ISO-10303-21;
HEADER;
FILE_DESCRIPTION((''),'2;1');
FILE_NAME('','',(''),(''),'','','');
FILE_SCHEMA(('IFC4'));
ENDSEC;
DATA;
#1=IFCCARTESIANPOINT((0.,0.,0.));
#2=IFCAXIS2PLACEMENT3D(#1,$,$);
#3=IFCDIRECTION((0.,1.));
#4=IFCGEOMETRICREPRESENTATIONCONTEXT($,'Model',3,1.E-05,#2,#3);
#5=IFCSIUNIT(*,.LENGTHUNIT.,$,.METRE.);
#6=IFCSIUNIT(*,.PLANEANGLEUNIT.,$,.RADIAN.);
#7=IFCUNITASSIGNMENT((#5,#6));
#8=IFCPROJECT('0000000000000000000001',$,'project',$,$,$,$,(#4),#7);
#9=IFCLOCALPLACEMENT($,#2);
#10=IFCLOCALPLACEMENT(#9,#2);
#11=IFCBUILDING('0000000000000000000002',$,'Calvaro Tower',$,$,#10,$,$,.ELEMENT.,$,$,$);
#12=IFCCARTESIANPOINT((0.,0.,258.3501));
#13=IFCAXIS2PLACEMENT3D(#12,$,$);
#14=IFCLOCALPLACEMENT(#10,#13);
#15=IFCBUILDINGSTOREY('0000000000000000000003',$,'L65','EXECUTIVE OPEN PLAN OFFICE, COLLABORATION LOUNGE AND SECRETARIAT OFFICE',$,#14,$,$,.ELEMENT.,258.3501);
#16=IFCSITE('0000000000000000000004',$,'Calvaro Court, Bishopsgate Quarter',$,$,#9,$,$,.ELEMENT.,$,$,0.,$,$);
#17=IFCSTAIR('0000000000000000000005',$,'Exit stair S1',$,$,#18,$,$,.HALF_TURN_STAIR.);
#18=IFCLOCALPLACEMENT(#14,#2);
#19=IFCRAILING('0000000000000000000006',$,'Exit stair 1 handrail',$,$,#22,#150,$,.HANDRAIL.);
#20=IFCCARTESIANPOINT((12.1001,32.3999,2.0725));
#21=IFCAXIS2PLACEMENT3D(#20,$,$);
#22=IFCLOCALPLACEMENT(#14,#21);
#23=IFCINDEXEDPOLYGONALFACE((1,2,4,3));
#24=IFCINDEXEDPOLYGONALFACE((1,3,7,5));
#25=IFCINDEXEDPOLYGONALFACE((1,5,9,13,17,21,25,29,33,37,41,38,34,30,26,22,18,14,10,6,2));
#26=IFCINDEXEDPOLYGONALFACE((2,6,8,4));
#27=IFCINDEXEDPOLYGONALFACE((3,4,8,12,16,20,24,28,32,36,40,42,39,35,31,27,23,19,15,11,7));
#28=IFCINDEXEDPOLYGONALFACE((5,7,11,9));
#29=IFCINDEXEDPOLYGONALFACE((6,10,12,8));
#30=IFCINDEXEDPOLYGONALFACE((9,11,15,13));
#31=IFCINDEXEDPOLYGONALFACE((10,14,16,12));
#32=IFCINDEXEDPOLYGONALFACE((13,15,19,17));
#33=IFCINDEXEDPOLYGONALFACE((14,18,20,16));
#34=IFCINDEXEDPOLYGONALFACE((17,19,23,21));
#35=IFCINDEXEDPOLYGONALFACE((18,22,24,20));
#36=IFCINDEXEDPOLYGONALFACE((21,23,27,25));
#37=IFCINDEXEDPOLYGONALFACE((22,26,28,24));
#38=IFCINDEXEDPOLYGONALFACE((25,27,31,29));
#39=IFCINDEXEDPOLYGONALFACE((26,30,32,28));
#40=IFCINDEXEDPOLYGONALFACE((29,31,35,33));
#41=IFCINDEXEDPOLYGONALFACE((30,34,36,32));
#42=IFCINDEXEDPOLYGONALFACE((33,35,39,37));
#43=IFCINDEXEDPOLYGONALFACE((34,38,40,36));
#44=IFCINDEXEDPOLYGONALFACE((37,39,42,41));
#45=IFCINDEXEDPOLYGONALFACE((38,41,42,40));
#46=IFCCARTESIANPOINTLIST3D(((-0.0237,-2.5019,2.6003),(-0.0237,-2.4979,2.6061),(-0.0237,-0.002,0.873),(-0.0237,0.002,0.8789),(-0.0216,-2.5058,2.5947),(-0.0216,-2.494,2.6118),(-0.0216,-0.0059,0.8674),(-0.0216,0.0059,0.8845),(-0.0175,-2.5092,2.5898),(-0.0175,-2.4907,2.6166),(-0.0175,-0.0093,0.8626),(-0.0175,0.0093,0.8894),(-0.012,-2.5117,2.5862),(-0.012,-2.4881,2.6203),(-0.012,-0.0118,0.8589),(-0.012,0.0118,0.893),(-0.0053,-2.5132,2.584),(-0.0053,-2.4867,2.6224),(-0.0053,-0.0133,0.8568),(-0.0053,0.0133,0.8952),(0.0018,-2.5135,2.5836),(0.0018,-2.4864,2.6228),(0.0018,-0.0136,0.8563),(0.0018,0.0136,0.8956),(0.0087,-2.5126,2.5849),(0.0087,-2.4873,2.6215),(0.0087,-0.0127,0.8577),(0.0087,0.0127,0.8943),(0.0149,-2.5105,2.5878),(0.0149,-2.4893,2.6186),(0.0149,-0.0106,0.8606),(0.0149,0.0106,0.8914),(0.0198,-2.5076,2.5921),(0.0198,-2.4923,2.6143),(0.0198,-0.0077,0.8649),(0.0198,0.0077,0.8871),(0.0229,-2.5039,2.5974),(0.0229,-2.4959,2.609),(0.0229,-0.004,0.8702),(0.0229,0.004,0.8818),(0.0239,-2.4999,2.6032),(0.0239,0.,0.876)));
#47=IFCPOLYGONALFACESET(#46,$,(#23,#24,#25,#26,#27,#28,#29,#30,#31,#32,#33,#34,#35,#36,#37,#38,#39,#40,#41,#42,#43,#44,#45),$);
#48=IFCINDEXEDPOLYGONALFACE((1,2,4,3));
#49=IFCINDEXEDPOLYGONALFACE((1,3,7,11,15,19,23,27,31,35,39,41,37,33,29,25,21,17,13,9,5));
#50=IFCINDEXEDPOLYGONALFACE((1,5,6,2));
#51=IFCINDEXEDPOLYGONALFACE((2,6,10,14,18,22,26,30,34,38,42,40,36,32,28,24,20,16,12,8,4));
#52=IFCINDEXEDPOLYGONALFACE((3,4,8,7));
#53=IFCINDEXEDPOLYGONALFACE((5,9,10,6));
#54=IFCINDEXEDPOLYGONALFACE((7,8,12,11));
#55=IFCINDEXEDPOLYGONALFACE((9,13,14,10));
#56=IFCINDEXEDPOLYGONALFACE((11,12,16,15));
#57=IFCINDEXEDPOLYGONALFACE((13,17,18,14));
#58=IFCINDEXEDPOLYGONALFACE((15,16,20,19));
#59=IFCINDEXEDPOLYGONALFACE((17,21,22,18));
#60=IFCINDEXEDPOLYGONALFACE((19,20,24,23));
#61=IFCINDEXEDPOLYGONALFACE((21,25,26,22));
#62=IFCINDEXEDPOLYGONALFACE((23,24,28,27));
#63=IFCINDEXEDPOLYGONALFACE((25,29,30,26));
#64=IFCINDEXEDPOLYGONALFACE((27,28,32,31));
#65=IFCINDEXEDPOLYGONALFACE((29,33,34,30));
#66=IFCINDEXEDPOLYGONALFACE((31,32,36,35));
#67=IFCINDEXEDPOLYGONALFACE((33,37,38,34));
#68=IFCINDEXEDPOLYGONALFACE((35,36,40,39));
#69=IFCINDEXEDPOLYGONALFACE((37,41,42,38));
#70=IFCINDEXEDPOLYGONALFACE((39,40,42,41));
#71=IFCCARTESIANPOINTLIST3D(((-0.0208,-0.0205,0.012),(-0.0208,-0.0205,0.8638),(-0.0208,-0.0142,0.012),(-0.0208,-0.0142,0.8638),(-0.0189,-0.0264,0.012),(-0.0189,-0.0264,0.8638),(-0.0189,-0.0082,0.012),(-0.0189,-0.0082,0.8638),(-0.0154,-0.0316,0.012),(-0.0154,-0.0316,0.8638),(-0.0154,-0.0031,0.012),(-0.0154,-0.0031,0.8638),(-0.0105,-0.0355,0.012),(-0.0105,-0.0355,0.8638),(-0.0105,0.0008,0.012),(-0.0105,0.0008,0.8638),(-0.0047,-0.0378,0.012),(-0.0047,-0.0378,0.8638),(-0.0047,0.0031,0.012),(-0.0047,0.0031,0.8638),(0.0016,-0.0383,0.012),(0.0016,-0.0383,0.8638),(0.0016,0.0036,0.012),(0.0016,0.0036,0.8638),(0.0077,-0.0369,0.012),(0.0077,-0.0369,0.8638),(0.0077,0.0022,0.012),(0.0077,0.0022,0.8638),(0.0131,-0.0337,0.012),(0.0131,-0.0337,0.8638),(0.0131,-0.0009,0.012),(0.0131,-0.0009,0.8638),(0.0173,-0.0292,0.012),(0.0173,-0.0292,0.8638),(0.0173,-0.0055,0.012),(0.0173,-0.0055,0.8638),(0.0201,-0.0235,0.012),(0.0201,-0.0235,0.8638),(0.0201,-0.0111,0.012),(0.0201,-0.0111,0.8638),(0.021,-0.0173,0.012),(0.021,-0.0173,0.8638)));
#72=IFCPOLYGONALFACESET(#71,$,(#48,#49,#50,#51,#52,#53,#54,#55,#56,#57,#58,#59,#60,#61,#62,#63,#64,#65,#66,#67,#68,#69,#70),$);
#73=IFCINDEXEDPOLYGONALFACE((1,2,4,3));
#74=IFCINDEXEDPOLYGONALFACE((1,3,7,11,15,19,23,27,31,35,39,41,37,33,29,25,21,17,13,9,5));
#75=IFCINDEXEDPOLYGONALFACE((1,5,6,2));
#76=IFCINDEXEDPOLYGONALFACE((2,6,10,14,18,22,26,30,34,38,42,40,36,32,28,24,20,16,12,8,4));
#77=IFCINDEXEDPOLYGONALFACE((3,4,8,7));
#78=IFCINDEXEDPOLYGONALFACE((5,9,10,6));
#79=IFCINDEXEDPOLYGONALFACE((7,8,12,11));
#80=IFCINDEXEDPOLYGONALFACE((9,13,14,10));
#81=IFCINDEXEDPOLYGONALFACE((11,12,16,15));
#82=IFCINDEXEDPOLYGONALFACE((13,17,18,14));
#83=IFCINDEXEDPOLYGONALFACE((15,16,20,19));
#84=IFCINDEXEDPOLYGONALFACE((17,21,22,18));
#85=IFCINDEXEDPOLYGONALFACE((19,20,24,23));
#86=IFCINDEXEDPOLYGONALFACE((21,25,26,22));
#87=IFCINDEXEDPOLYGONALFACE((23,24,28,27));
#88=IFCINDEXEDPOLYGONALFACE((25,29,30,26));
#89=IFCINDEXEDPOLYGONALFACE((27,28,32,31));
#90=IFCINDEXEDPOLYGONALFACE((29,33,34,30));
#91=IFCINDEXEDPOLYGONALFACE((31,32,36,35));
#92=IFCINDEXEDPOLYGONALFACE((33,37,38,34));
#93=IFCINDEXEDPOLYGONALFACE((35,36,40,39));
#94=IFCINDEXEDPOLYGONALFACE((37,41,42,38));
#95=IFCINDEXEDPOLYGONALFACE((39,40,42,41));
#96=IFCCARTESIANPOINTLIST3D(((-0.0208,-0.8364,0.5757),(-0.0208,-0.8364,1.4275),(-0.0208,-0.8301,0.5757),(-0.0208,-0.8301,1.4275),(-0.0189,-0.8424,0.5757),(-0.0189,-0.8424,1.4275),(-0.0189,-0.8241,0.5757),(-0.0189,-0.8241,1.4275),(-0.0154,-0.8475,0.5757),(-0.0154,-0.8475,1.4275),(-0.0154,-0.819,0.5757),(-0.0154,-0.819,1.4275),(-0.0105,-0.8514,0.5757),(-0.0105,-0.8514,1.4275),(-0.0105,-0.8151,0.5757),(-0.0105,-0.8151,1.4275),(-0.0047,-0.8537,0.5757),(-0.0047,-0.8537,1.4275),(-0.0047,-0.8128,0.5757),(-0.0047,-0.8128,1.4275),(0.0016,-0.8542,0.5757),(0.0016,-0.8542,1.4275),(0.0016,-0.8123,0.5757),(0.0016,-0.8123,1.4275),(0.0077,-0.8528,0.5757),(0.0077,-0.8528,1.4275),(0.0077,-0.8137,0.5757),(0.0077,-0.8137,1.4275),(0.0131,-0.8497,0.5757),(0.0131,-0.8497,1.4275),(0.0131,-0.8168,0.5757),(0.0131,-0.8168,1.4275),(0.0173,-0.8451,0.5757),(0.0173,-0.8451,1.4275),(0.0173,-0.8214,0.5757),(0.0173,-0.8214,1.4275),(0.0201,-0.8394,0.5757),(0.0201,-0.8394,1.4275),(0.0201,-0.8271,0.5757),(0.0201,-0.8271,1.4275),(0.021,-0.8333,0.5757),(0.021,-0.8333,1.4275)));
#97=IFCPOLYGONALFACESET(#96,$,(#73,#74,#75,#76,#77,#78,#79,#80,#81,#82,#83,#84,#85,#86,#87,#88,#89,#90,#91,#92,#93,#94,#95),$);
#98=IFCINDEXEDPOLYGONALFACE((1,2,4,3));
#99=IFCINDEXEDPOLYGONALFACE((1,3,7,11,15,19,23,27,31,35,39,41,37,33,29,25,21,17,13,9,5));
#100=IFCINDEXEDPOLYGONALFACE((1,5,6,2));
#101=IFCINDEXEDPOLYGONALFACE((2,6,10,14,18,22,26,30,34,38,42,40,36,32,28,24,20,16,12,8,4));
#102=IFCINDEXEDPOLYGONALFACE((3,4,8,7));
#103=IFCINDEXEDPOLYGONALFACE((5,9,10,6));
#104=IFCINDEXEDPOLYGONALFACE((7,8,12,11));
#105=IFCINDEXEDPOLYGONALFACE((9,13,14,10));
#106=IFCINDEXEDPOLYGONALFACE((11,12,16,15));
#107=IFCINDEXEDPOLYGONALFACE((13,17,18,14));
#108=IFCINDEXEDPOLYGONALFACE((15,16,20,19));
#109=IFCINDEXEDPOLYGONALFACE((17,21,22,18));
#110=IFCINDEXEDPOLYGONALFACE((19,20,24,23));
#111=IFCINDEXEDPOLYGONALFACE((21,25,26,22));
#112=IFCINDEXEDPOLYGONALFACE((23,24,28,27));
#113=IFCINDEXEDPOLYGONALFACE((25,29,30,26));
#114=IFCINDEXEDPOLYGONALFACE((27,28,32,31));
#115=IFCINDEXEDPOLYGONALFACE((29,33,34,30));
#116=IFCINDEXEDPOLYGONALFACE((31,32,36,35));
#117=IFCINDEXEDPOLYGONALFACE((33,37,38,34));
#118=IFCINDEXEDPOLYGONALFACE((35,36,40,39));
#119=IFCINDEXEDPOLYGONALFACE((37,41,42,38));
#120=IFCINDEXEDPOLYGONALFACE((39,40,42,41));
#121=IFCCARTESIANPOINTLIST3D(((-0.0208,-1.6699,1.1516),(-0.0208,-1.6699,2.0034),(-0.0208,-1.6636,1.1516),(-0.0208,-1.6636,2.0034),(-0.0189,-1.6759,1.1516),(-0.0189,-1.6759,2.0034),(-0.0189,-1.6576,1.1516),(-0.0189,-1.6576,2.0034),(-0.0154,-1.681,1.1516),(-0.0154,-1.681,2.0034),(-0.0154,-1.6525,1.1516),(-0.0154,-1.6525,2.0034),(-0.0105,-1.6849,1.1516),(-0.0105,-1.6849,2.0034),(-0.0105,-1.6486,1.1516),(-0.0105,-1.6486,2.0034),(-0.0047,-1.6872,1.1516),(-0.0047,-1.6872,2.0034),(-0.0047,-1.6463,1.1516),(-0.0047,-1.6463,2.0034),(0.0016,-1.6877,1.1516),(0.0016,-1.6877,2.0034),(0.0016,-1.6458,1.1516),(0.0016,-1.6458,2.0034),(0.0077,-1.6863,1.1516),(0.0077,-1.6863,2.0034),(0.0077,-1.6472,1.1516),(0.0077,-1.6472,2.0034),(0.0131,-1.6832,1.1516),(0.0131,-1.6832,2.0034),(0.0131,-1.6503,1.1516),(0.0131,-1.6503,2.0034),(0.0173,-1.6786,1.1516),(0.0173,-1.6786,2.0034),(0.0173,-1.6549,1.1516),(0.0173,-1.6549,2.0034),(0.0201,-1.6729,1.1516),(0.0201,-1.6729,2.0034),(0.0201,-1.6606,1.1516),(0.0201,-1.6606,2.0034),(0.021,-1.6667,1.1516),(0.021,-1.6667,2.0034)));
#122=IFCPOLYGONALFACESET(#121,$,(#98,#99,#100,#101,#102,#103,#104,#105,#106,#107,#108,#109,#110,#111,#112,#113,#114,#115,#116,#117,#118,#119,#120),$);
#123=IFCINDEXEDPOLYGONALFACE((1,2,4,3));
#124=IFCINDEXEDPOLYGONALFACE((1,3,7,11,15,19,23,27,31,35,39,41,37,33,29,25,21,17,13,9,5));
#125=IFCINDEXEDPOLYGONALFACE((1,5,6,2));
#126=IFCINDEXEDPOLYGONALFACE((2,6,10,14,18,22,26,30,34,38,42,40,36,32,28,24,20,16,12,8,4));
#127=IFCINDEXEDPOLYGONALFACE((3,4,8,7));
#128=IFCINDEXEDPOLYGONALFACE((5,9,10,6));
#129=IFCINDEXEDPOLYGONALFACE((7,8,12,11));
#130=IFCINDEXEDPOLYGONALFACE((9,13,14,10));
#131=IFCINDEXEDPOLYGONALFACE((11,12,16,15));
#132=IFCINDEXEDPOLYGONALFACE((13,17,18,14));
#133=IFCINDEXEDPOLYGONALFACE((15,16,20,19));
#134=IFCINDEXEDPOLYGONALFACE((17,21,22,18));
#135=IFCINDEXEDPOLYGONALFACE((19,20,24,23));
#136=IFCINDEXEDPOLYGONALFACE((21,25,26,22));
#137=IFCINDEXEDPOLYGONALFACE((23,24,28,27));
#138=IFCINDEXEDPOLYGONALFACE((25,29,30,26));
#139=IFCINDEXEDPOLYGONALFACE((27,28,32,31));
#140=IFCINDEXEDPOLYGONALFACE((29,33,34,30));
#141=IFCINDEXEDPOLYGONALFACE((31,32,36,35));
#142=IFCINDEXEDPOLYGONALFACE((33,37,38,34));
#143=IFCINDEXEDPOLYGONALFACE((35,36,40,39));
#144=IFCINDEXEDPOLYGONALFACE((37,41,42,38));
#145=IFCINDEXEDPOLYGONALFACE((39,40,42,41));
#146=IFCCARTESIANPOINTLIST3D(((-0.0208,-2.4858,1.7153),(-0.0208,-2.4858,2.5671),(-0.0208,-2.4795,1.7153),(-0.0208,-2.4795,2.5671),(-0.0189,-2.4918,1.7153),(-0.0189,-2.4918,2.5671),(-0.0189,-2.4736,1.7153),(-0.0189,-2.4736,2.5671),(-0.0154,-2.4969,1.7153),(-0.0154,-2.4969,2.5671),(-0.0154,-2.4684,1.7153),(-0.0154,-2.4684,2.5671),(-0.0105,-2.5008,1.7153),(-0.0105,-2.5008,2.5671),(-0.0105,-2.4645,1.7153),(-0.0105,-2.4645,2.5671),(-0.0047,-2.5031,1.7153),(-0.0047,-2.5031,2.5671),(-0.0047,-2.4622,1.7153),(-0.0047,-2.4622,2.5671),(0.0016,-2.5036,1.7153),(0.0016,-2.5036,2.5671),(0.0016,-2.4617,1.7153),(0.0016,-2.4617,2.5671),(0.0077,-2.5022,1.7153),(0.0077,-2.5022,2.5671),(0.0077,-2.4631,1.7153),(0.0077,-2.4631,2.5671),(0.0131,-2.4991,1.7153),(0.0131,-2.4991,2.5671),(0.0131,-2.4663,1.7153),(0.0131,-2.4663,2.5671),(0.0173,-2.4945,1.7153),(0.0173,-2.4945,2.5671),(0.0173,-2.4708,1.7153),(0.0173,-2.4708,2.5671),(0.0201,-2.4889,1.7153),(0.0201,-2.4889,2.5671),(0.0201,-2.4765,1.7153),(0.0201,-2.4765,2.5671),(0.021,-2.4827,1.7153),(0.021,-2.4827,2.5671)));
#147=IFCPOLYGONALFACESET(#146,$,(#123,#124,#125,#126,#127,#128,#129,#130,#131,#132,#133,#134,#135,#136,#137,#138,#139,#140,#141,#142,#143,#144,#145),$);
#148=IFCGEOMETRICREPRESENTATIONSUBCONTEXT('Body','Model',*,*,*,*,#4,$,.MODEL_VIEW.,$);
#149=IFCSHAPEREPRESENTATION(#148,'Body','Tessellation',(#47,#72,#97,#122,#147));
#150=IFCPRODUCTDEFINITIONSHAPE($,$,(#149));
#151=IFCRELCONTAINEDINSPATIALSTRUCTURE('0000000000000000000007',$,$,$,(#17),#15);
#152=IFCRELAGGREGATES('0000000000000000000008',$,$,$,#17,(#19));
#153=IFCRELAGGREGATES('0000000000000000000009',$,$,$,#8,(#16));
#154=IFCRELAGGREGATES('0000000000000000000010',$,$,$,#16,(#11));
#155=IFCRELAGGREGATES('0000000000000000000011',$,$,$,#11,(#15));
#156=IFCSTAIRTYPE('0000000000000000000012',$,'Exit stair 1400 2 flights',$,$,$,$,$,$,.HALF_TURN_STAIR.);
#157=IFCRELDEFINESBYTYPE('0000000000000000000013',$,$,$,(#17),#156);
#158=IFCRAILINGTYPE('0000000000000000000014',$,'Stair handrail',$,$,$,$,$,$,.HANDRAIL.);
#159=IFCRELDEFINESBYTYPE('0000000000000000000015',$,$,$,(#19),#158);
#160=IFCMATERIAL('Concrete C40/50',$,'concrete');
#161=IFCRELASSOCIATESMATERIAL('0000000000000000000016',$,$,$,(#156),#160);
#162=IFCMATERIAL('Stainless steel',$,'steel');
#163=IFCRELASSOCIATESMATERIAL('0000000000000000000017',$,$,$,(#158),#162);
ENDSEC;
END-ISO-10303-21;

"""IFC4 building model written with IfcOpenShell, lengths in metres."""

from ifc_helpers import new_model, si_unit, direction, frame, origin, origin_2d, place, context, subcontext, project, spatial, circle, extrude, material, type_object, element, aggregate, save


model = new_model("IFC4")

# Units and contexts
model_context = context("Model", 3, precision=1e-05, world=origin(), true_north=direction((0.0, 1.0)))
body_context = subcontext(model_context, "Body", "Model", "MODEL_VIEW")
ifc_project = project(units=[si_unit("LENGTHUNIT", "METRE"), si_unit("PLANEANGLEUNIT", "RADIAN")], contexts=[model_context])

# Site, building, storey
site_placement = place(None, origin())
site = spatial("IfcSite", under=ifc_project, at=site_placement, Name="Calvaro Court, Bishopsgate Quarter", CompositionType="ELEMENT", RefElevation=0.0)
building_placement = place(site_placement, origin())
building = spatial("IfcBuilding", under=site, at=building_placement, Name="Calvaro Tower", CompositionType="ELEMENT")
storey_placement = place(building_placement, frame((0.0, 0.0, 258.3501)))
storey = spatial("IfcBuildingStorey", under=building, at=storey_placement, Name="L65", Description="EXECUTIVE OPEN PLAN OFFICE, COLLABORATION LOUNGE AND SECRETARIAT OFFICE", CompositionType="ELEMENT", Elevation=258.3501)

# Stair, railing
ifc_material_1 = material(Name="Concrete C40/50", Category="concrete")
stair_type = type_object("IfcStairType", Name="Exit stair 1400 2 flights", PredefinedType="HALF_TURN_STAIR", material=ifc_material_1)
stair_placement = place(storey_placement, origin())
stair = element("IfcStair", 1, at=stair_placement, inside=storey, type_object=stair_type, Name="Exit stair S1", PredefinedType="HALF_TURN_STAIR")
ifc_material_2 = material(Name="Stainless steel", Category="steel")
railing_type = type_object("IfcRailingType", Name="Stair handrail", PredefinedType="HANDRAIL", material=ifc_material_2)
railing_1_placement = place(storey_placement, frame((12.1001, 32.3999, 2.0725)))
railing_1 = element("IfcRailing", 2, at=railing_1_placement, type_object=railing_type, Name="Exit stair 1 handrail", PredefinedType="HANDRAIL", context=body_context, shape_type="SweptSolid", body=[
    extrude(circle(Radius=0.0239, at=origin_2d()), frame((0.0, 0.0, 0.876), z_axis=(0.0, -0.822727, 0.568437), x_axis=(1.0, 0.0, 0.0)), (0.0, 0.0, 1.0), 3.0386),
    extrude(circle(Radius=0.021, at=origin_2d()), frame((0.0, -0.0173, 0.012)), (0.0, 0.0, 1.0), 0.8518),
    extrude(circle(Radius=0.021, at=origin_2d()), frame((0.0, -0.8333, 0.5757)), (0.0, 0.0, 1.0), 0.8518),
    extrude(circle(Radius=0.021, at=origin_2d()), frame((0.0, -1.6667, 1.1516)), (0.0, 0.0, 1.0), 0.8518),
    extrude(circle(Radius=0.021, at=origin_2d()), frame((0.0, -2.4827, 1.7153)), (0.0, 0.0, 1.0), 0.8518),
])
aggregate(stair, [railing_1])

save(model, "model.ifc")
